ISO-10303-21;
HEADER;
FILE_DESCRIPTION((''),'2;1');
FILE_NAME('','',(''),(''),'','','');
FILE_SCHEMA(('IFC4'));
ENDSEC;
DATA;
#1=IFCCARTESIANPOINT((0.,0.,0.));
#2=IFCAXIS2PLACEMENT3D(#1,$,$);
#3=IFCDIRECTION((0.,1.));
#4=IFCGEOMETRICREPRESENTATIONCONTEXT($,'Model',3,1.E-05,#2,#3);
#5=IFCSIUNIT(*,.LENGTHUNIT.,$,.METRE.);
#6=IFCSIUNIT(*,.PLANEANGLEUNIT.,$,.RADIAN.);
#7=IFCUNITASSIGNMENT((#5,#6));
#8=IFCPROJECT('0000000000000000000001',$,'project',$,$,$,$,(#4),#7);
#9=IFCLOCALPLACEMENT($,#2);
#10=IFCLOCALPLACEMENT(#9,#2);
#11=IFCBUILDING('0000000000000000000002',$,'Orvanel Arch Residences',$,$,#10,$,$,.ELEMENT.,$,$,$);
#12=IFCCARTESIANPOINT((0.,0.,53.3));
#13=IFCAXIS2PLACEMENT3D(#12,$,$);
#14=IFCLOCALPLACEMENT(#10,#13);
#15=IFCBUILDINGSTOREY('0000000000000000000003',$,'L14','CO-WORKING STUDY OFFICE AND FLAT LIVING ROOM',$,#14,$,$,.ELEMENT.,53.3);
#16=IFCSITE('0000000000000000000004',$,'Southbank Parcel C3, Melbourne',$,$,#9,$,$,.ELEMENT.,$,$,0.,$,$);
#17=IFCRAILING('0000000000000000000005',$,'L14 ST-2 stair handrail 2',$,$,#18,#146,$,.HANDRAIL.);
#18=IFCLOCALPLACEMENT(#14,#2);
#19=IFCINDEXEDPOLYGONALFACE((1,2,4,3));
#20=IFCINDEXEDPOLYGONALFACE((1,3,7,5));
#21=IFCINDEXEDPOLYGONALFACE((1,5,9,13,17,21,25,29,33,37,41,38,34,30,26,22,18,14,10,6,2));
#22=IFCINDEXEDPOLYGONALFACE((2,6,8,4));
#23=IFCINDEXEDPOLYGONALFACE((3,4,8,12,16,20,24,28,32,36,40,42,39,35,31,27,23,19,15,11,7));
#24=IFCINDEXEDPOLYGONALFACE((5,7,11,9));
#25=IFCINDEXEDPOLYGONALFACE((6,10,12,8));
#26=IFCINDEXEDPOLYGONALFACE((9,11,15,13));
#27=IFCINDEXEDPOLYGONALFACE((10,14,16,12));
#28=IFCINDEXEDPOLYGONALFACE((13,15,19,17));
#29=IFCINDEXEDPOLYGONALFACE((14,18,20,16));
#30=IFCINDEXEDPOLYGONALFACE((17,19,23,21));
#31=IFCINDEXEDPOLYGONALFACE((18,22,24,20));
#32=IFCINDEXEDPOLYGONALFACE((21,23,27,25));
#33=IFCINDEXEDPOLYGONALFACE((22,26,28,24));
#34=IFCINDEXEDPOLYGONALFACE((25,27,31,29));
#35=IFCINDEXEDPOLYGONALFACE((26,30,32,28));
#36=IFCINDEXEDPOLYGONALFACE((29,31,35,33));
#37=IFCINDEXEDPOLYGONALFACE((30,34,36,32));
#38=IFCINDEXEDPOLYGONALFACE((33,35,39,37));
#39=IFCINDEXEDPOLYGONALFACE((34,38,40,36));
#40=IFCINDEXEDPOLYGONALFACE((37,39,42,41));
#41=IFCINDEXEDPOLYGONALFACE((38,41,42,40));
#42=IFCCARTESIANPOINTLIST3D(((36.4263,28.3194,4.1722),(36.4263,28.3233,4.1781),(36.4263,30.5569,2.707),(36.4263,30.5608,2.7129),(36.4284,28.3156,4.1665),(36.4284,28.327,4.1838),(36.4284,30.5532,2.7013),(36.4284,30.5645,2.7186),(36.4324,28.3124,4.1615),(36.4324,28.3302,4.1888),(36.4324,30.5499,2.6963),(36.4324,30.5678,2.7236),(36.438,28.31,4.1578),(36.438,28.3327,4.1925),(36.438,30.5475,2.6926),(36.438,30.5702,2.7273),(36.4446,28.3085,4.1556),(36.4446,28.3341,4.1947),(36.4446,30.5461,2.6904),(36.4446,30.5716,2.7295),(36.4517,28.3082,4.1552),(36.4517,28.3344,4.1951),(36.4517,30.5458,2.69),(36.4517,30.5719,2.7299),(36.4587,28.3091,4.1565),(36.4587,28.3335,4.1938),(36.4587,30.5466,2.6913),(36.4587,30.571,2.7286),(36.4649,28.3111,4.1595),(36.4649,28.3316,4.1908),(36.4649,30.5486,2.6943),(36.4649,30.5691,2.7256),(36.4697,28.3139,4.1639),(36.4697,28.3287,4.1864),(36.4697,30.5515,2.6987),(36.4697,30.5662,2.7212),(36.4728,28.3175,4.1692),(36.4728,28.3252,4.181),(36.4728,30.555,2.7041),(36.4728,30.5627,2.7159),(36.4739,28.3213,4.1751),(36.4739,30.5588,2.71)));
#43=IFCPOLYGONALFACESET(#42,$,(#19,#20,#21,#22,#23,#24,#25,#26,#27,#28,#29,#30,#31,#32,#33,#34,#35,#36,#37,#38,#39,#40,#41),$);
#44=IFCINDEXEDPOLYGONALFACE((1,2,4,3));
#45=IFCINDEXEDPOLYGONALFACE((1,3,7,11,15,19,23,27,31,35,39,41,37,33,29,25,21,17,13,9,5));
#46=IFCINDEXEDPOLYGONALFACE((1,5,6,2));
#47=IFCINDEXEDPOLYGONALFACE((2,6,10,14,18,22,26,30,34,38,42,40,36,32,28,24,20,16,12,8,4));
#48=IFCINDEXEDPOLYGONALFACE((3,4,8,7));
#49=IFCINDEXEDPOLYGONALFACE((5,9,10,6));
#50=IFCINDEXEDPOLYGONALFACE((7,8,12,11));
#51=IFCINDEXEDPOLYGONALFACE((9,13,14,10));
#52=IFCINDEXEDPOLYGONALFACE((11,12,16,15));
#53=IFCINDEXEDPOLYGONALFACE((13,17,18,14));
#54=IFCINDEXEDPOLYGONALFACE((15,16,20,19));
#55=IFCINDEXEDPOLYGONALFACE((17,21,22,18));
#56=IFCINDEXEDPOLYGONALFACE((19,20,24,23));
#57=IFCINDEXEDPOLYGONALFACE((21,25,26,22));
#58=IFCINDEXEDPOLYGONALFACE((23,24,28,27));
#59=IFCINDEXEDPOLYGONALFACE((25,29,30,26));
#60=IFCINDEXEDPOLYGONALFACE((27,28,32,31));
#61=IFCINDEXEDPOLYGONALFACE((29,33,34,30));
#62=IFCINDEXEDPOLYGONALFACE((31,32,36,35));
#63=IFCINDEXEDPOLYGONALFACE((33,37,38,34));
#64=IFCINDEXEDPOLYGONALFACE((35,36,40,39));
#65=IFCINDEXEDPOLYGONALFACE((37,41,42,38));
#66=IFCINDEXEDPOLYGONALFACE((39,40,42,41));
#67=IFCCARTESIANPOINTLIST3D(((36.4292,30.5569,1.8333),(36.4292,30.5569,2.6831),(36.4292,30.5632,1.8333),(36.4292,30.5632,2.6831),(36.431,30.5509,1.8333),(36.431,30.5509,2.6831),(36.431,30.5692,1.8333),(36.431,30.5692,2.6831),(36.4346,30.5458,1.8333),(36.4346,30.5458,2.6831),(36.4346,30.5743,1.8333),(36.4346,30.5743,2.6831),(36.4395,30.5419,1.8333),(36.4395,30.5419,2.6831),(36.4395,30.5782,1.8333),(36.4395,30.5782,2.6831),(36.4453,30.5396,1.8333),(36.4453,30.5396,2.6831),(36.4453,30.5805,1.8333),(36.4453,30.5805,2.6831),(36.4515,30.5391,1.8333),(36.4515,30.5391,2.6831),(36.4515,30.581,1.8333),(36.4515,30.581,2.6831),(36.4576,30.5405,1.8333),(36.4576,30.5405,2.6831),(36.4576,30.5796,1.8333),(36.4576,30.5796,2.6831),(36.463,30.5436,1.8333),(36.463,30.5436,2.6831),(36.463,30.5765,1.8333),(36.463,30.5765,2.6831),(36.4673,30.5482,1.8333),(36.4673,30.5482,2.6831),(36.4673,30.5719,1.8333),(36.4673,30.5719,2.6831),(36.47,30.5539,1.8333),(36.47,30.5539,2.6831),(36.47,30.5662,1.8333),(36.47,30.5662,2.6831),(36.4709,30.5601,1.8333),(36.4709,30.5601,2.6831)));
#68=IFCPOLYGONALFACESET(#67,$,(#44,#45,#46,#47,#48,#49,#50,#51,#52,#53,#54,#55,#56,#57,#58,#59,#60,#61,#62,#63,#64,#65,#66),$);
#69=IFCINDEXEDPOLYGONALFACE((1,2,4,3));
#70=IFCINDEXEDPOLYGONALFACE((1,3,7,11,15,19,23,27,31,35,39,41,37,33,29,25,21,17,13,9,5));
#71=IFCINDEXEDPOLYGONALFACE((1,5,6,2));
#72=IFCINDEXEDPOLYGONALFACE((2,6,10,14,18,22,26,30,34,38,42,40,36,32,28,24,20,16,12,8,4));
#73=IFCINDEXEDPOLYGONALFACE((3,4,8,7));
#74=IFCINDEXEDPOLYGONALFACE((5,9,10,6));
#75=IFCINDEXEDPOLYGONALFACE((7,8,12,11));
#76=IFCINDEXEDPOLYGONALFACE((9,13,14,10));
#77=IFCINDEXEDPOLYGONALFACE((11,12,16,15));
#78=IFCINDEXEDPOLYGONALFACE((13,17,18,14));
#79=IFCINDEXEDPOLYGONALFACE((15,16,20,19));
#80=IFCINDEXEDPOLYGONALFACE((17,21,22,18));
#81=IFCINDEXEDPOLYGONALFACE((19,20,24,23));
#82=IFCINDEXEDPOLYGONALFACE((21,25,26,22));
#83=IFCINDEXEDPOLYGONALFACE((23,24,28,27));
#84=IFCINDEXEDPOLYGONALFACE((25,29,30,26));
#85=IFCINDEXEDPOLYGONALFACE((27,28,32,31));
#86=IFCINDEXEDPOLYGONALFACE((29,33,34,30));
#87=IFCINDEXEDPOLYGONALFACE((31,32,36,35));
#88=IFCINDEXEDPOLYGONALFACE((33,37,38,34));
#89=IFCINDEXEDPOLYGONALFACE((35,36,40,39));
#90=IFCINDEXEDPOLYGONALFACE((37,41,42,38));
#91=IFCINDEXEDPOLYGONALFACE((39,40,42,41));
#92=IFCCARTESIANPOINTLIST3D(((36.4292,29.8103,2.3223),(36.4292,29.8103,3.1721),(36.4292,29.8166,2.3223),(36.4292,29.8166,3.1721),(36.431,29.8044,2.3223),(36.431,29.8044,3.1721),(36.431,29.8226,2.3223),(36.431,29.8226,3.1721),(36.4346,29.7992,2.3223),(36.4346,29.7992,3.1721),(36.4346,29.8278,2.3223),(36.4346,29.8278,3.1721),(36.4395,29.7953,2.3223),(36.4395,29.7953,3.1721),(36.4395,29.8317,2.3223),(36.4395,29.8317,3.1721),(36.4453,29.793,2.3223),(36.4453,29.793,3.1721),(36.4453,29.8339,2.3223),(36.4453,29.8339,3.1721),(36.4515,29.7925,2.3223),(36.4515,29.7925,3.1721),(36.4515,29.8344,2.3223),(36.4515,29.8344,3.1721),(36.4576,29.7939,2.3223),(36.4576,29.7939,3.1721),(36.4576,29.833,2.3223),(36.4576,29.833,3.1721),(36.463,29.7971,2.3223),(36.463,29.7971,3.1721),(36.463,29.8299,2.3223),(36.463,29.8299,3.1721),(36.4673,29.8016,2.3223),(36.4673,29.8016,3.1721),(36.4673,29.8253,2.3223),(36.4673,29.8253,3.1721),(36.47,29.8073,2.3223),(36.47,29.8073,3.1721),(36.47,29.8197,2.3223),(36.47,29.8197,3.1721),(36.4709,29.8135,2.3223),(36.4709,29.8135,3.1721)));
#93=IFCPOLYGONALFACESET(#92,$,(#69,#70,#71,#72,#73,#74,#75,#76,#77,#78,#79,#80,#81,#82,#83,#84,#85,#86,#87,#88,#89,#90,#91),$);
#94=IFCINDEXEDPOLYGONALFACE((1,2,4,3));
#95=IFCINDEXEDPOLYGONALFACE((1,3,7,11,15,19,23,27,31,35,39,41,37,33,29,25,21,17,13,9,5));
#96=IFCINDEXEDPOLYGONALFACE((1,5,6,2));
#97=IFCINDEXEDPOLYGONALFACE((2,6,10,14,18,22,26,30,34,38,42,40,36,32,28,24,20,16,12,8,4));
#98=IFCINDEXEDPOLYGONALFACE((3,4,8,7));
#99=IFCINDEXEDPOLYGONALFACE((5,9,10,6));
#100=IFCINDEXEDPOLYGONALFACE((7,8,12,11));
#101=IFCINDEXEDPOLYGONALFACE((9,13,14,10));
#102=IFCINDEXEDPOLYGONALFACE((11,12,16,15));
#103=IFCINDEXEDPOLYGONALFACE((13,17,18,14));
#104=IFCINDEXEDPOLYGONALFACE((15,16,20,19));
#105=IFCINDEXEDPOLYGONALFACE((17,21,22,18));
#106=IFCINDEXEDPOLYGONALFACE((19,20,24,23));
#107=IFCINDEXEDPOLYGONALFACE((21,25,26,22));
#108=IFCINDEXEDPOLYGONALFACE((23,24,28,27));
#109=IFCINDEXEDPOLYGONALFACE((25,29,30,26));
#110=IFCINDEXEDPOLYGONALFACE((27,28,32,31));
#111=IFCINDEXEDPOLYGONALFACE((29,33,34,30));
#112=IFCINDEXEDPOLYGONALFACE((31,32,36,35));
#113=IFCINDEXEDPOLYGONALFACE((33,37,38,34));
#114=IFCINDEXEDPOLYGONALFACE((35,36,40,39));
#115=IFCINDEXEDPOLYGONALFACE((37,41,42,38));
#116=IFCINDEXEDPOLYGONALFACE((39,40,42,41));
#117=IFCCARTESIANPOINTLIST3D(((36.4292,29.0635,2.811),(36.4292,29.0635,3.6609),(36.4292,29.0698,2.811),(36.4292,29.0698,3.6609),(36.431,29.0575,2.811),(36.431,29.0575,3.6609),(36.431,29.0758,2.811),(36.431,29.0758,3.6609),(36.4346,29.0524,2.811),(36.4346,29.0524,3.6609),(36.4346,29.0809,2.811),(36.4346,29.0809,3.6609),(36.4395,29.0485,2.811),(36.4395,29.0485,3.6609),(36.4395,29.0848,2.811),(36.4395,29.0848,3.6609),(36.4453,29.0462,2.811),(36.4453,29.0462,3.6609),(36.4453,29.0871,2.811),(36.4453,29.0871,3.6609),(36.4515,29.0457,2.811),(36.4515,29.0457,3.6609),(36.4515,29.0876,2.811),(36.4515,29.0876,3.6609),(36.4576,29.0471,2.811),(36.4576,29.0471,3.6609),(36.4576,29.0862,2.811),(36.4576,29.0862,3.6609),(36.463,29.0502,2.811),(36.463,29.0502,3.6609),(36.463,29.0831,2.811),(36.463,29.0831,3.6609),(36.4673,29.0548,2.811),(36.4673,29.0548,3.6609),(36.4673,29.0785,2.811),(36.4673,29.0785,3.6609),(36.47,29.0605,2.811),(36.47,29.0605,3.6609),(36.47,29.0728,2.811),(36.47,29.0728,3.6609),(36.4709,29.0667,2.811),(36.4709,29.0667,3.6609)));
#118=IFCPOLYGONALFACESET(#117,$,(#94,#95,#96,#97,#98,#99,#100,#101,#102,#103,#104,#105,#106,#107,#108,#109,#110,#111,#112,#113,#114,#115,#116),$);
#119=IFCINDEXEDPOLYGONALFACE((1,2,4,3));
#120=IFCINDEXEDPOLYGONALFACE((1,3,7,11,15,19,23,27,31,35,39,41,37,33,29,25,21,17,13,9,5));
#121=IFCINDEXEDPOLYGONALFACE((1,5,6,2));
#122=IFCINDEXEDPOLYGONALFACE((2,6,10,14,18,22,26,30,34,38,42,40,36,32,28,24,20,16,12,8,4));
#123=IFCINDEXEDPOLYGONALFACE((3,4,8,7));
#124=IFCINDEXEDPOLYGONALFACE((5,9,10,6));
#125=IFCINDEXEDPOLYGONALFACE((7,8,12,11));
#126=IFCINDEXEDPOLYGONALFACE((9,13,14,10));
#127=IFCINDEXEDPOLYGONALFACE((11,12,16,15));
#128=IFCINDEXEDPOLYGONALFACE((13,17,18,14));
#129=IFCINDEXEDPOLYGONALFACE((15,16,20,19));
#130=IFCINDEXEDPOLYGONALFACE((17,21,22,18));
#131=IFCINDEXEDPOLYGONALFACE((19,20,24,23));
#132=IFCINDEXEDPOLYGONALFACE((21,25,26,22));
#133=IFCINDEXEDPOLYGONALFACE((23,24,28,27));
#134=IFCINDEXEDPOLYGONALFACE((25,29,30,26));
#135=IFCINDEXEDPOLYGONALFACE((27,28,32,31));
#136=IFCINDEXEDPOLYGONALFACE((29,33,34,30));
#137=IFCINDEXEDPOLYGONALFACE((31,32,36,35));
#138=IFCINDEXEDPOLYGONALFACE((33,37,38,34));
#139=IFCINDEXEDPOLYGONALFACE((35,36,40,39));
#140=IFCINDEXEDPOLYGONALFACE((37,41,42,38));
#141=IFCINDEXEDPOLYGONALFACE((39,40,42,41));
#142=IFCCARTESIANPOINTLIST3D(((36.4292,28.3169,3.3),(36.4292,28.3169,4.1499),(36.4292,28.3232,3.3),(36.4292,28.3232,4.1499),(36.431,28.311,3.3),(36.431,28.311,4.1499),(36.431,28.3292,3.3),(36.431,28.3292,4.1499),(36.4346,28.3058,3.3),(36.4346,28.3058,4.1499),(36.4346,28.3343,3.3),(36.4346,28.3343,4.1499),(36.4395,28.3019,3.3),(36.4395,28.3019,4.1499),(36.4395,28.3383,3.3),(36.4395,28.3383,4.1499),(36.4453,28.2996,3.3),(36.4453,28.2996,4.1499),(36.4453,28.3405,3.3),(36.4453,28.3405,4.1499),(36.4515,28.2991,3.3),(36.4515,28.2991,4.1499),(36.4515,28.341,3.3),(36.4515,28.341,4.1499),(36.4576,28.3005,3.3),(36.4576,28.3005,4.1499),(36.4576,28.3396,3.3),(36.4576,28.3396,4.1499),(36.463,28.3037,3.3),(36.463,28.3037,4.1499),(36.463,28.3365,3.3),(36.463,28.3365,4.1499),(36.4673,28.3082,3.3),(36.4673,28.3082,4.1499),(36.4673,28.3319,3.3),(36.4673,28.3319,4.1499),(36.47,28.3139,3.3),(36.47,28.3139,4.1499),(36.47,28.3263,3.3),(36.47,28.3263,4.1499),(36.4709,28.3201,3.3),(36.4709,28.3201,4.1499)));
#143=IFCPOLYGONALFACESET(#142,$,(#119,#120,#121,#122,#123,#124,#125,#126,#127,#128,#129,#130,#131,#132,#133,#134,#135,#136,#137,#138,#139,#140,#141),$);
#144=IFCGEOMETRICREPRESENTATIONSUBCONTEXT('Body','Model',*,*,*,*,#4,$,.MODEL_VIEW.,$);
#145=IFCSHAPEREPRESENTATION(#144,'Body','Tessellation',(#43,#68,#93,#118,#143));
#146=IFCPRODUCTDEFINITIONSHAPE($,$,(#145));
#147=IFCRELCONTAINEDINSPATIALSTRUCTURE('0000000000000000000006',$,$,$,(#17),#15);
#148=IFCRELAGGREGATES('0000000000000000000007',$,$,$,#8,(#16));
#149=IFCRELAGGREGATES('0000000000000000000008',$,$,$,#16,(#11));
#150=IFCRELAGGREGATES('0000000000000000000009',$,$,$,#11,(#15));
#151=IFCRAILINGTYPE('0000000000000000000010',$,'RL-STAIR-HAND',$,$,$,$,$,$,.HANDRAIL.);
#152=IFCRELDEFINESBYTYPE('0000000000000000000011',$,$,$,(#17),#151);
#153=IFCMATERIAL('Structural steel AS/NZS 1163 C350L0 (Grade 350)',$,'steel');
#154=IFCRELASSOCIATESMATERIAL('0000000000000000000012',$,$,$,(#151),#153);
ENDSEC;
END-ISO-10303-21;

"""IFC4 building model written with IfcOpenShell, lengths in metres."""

from ifc_helpers import new_model, si_unit, direction, frame, origin, origin_2d, place, context, subcontext, project, spatial, circle, extrude, material, type_object, element, save


model = new_model("IFC4")

# Units and contexts
model_context = context("Model", 3, precision=1e-05, world=origin(), true_north=direction((0.0, 1.0)))
body_context = subcontext(model_context, "Body", "Model", "MODEL_VIEW")
ifc_project = project(units=[si_unit("LENGTHUNIT", "METRE"), si_unit("PLANEANGLEUNIT", "RADIAN")], contexts=[model_context])

# Site, building, storey
site_placement = place(None, origin())
site = spatial("IfcSite", under=ifc_project, at=site_placement, Name="Southbank Parcel C3, Melbourne", CompositionType="ELEMENT", RefElevation=0.0)
building_placement = place(site_placement, origin())
building = spatial("IfcBuilding", under=site, at=building_placement, Name="Orvanel Arch Residences", CompositionType="ELEMENT")
storey_placement = place(building_placement, frame((0.0, 0.0, 53.3)))
storey = spatial("IfcBuildingStorey", under=building, at=storey_placement, Name="L14", Description="CO-WORKING STUDY OFFICE AND FLAT LIVING ROOM", CompositionType="ELEMENT", Elevation=53.3)

# Railing
ifc_material_1 = material(Name="Structural steel AS/NZS 1163 C350L0 (Grade 350)", Category="steel")
railing_type_1 = type_object("IfcRailingType", Name="RL-STAIR-HAND", PredefinedType="HANDRAIL", material=ifc_material_1)
railing_1_placement = place(storey_placement, frame((36.45, 30.5601, 1.8333)))
element("IfcRailing", 1, at=railing_1_placement, inside=storey, type_object=railing_type_1, Name="L14 ST-2 stair handrail 2", PredefinedType="HANDRAIL", context=body_context, shape_type="SweptSolid", body=[
    extrude(circle(Radius=0.0239, at=origin_2d()), frame((0.0, -0.0012, 0.8767), z_axis=(0.0, -0.836595, 0.547822), x_axis=(1.0, 0.0, 0.0)), (0.0, 0.0, 1.0), 2.6746),
    extrude(circle(Radius=0.021, at=origin_2d()), origin(), (0.0, 0.0, 1.0), 0.8499),
    extrude(circle(Radius=0.021, at=origin_2d()), frame((0.0, -0.7466, 0.489)), (0.0, 0.0, 1.0), 0.8499),
    extrude(circle(Radius=0.021, at=origin_2d()), frame((0.0, -1.4934, 0.9778)), (0.0, 0.0, 1.0), 0.8499),
    extrude(circle(Radius=0.021, at=origin_2d()), frame((0.0, -2.24, 1.4668)), (0.0, 0.0, 1.0), 0.8499),
])

save(model, "model.ifc")
